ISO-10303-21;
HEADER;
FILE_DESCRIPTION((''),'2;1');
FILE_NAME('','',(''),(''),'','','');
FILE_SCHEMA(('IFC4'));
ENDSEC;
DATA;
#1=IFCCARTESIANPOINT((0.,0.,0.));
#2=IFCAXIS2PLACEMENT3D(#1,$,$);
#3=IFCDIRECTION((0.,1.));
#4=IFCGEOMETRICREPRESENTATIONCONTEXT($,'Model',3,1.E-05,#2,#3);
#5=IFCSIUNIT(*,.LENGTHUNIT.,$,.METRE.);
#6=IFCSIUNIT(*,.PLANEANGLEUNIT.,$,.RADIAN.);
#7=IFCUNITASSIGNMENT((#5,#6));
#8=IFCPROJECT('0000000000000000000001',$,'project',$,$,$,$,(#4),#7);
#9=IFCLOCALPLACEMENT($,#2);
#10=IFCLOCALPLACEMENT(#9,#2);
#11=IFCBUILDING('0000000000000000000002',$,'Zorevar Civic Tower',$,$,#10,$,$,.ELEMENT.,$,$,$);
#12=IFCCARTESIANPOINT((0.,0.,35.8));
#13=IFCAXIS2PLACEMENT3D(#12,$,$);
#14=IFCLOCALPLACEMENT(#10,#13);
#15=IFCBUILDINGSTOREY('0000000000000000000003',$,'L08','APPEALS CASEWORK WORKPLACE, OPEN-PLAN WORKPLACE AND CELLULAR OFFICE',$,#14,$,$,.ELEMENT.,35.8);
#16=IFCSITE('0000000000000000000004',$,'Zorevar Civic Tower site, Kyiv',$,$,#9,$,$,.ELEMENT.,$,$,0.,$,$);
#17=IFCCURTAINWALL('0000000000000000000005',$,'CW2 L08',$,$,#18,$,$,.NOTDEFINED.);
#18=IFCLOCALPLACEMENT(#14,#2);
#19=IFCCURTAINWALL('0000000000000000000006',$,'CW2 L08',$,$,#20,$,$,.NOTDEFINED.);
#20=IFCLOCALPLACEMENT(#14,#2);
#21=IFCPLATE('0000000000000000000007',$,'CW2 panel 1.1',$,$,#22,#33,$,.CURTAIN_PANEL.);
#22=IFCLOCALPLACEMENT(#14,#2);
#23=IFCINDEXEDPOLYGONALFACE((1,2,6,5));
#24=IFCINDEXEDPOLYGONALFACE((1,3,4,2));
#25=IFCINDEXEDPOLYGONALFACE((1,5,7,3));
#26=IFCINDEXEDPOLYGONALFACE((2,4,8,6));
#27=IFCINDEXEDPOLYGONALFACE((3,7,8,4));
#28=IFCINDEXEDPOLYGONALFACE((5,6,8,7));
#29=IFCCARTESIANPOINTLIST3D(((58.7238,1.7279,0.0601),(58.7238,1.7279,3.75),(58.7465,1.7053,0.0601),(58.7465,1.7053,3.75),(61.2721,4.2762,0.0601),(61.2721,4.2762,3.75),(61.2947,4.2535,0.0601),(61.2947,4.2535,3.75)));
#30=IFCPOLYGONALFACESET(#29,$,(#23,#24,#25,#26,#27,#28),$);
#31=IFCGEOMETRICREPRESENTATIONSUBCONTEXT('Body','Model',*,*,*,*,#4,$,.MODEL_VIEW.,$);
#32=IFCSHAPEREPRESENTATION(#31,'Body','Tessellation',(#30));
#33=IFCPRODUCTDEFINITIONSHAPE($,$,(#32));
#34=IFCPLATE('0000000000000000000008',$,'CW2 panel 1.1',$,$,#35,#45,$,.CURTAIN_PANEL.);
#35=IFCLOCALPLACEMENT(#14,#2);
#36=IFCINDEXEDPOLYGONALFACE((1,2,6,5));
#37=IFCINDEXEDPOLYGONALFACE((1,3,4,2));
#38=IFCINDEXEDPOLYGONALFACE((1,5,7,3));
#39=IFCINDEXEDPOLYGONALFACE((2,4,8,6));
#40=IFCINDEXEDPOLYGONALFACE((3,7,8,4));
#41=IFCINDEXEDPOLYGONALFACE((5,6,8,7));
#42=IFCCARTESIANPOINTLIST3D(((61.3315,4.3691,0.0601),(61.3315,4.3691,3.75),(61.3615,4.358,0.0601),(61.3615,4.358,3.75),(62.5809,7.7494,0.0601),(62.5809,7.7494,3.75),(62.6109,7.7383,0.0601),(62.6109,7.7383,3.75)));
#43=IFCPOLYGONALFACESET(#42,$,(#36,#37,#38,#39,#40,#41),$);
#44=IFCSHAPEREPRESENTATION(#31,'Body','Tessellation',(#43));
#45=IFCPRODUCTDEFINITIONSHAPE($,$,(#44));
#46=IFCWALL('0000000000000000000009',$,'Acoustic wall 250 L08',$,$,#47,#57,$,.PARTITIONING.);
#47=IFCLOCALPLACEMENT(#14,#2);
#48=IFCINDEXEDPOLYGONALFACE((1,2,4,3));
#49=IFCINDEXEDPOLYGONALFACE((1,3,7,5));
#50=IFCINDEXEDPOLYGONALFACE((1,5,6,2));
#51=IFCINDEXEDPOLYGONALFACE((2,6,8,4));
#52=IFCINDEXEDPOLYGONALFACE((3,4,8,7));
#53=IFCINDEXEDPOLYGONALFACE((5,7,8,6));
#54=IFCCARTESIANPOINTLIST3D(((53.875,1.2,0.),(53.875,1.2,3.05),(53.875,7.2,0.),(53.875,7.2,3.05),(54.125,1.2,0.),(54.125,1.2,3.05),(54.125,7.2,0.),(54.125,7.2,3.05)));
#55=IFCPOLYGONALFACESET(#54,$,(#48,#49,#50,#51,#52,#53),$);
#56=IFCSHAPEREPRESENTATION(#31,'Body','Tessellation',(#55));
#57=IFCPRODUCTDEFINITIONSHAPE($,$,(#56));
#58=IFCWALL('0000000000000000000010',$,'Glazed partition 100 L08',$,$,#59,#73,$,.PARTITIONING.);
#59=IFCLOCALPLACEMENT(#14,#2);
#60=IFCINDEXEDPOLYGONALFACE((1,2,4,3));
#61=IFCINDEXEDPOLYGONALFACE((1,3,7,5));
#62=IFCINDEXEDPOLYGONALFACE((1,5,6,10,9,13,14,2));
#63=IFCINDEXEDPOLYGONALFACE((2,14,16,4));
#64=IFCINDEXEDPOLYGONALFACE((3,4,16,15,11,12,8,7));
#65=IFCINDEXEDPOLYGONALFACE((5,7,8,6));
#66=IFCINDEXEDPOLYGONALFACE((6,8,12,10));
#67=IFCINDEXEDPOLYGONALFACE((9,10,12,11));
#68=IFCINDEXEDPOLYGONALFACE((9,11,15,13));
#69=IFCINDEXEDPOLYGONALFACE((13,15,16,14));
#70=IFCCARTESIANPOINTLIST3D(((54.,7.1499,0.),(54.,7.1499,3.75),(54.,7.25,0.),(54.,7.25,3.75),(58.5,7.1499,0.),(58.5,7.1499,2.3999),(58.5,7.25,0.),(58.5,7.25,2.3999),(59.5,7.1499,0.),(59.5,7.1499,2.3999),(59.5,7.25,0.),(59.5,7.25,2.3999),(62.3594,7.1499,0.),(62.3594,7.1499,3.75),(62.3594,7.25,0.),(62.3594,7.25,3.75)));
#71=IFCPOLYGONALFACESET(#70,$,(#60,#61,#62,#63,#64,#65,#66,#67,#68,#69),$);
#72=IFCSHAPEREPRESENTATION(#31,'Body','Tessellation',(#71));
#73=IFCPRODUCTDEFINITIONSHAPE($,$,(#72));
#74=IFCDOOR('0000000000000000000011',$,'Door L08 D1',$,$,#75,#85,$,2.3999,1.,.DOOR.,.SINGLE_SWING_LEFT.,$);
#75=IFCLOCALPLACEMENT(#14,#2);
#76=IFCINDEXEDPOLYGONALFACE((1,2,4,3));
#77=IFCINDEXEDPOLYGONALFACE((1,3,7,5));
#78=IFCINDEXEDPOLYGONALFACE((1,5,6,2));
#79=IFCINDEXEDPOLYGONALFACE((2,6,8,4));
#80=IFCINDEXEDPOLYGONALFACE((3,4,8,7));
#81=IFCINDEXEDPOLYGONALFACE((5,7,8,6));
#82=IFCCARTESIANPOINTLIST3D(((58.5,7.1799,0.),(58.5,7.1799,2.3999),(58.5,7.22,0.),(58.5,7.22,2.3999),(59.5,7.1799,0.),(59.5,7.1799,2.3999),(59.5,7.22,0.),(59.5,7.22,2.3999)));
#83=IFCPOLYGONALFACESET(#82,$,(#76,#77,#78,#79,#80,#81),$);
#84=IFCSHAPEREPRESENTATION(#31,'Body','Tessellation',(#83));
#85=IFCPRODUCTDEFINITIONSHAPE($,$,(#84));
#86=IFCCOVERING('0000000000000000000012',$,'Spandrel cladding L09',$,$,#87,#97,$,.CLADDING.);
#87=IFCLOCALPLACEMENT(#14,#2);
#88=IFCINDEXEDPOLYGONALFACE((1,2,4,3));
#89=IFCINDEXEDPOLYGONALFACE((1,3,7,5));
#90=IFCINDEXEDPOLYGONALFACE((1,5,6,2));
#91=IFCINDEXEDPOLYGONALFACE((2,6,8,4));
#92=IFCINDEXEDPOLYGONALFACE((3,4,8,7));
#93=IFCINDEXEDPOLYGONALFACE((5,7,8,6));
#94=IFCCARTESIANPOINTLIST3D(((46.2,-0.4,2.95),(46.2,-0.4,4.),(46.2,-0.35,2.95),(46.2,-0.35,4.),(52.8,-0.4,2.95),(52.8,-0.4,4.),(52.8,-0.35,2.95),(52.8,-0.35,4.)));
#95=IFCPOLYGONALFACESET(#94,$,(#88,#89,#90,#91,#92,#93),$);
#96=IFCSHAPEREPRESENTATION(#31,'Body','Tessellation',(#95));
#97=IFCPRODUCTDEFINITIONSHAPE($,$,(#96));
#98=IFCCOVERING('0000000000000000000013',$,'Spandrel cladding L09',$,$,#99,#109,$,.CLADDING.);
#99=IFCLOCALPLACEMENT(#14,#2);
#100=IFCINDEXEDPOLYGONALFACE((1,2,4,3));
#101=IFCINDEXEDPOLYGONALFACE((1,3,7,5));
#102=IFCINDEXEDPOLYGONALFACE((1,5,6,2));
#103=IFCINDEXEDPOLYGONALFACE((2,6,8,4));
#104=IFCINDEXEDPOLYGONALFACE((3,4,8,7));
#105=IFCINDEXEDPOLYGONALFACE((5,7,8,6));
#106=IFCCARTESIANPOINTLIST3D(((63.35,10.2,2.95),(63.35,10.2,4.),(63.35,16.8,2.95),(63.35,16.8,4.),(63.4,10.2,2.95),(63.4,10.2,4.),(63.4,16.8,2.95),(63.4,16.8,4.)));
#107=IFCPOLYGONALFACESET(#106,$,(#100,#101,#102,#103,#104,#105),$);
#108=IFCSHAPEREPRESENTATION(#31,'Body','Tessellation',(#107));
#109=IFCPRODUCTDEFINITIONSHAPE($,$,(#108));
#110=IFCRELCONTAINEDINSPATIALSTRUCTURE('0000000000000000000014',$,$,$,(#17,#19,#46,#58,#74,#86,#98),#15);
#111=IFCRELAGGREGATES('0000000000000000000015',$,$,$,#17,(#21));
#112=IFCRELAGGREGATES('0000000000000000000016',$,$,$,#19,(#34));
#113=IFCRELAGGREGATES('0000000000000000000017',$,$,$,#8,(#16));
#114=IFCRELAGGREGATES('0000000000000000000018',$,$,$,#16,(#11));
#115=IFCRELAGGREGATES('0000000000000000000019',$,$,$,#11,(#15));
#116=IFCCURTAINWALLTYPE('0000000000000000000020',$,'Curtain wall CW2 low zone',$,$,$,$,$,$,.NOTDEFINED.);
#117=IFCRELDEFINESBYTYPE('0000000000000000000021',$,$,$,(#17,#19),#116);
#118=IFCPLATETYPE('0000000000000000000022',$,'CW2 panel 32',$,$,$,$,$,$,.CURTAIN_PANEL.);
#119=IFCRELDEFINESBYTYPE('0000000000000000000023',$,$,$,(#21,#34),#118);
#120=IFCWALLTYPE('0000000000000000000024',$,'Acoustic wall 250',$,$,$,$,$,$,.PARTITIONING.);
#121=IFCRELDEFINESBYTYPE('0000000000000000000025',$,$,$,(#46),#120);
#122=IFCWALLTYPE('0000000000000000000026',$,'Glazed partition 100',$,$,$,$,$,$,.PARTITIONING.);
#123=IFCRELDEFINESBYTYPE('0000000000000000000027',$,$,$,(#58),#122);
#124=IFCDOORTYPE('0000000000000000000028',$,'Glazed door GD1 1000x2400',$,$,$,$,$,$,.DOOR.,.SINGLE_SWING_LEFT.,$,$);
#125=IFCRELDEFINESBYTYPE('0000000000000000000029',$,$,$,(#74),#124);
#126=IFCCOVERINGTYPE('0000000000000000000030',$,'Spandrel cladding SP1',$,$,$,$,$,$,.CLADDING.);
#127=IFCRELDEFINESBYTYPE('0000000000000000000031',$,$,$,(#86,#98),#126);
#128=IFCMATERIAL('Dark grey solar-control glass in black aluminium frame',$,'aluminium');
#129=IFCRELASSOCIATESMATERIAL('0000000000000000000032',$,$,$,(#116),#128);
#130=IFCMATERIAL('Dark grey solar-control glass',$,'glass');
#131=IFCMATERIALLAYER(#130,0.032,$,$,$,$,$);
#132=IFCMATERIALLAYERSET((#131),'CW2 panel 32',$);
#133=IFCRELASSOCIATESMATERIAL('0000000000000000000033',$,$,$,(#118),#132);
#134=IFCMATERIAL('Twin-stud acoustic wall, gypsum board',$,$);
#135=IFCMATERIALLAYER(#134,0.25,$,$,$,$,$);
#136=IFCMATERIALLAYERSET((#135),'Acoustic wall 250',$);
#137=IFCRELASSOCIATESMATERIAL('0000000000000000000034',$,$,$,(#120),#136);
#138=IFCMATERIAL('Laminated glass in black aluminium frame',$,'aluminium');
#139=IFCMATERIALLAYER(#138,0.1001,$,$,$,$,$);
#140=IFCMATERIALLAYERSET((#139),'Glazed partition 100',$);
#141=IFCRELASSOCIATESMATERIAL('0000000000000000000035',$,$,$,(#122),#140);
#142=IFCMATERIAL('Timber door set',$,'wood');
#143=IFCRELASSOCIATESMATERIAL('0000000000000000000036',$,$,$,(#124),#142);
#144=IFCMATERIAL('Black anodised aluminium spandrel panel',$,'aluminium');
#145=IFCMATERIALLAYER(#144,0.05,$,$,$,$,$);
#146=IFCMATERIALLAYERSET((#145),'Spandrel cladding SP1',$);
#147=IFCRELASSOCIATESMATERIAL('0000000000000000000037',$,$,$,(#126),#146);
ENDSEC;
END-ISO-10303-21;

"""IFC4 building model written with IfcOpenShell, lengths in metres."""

from ifc_helpers import new_model, si_unit, direction, frame, frame_2d, origin, origin_2d, place, context, subcontext, project, spatial, rectangle, extrude, material, layer, layer_set, type_object, element, fill, aggregate, save


model = new_model("IFC4")

# Units and contexts
model_context = context("Model", 3, precision=1e-05, world=origin(), true_north=direction((0.0, 1.0)))
body_context = subcontext(model_context, "Body", "Model", "MODEL_VIEW")
ifc_project = project(units=[si_unit("LENGTHUNIT", "METRE"), si_unit("PLANEANGLEUNIT", "RADIAN")], contexts=[model_context])

# Site, building, storey
site_placement = place(None, origin())
site = spatial("IfcSite", under=ifc_project, at=site_placement, Name="Zorevar Civic Tower site, Kyiv", CompositionType="ELEMENT", RefElevation=0.0)
building_placement = place(site_placement, origin())
building = spatial("IfcBuilding", under=site, at=building_placement, Name="Zorevar Civic Tower", CompositionType="ELEMENT")
storey_placement = place(building_placement, frame((0.0, 0.0, 35.8)))
storey = spatial("IfcBuildingStorey", under=building, at=storey_placement, Name="L08", Description="APPEALS CASEWORK WORKPLACE, OPEN-PLAN WORKPLACE AND CELLULAR OFFICE", CompositionType="ELEMENT", Elevation=35.8)

# Curtain walls
ifc_material_1 = material(Name="Dark grey solar-control glass in black aluminium frame", Category="aluminium")
curtain_wall_type = type_object("IfcCurtainWallType", Name="Curtain wall CW2 low zone", PredefinedType="NOTDEFINED", material=ifc_material_1)
curtain_wall_1_placement = place(storey_placement, origin())
curtain_wall_1 = element("IfcCurtainWall", 1, at=curtain_wall_1_placement, inside=storey, type_object=curtain_wall_type, Name="CW2 L08", PredefinedType="NOTDEFINED")
curtain_wall_2_placement = place(storey_placement, origin())
curtain_wall_2 = element("IfcCurtainWall", 2, at=curtain_wall_2_placement, inside=storey, type_object=curtain_wall_type, Name="CW2 L08", PredefinedType="NOTDEFINED")

# Plates
ifc_material_2 = material(Name="Dark grey solar-control glass", Category="glass")
ifc_layer_1 = layer(ifc_material_2, 0.032)
ifc_layer_set_1 = layer_set([ifc_layer_1], Name="CW2 panel 32")
plate_type = type_object("IfcPlateType", Name="CW2 panel 32", PredefinedType="CURTAIN_PANEL", material=ifc_layer_set_1)
plate_1_placement = place(storey_placement, frame((60.0093, 2.9907, 0.0601), z_axis=(0.0, 0.0, 1.0), x_axis=(0.707107, 0.707107, 0.0)))
plate_1 = element("IfcPlate", 3, at=plate_1_placement, type_object=plate_type, Name="CW2 panel 1.1", PredefinedType="CURTAIN_PANEL", context=body_context, shape_type="SweptSolid", body=[
    extrude(rectangle(XDim=3.6038, YDim=0.032, at=origin_2d()), origin(), (0.0, 0.0, 1.0), 3.6899),
])
aggregate(curtain_wall_1, [plate_1])
plate_2_placement = place(storey_placement, frame((61.9712, 6.0537, 0.0601), z_axis=(0.0, 0.0, 1.0), x_axis=(0.346704, 0.937975, 0.0)))
plate_2 = element("IfcPlate", 4, at=plate_2_placement, type_object=plate_type, Name="CW2 panel 1.1", PredefinedType="CURTAIN_PANEL", context=body_context, shape_type="SweptSolid", body=[
    extrude(rectangle(XDim=3.6038, YDim=0.032, at=origin_2d()), origin(), (0.0, 0.0, 1.0), 3.6899),
])
aggregate(curtain_wall_2, [plate_2])

# Wall
ifc_material_3 = material(Name="Twin-stud acoustic wall, gypsum board")
ifc_layer_2 = layer(ifc_material_3, 0.25)
ifc_layer_set_2 = layer_set([ifc_layer_2], Name="Acoustic wall 250")
wall_type_1 = type_object("IfcWallType", Name="Acoustic wall 250", PredefinedType="PARTITIONING", material=ifc_layer_set_2)
wall_1_placement = place(storey_placement, frame((54.0, 1.2, 0.0), z_axis=(0.0, 0.0, 1.0), x_axis=(0.0, 1.0, 0.0)))
element("IfcWall", 5, at=wall_1_placement, inside=storey, type_object=wall_type_1, Name="Acoustic wall 250 L08", PredefinedType="PARTITIONING", context=body_context, shape_type="SweptSolid", body=[
    extrude(rectangle(XDim=6.0, YDim=0.25, at=frame_2d((3.0, 0.0))), origin(), (0.0, 0.0, 1.0), 3.05),
])

# Wall, opening, door
ifc_material_4 = material(Name="Laminated glass in black aluminium frame", Category="aluminium")
ifc_layer_3 = layer(ifc_material_4, 0.1001)
ifc_layer_set_3 = layer_set([ifc_layer_3], Name="Glazed partition 100")
wall_type_2 = type_object("IfcWallType", Name="Glazed partition 100", PredefinedType="PARTITIONING", material=ifc_layer_set_3)
wall_2_placement = place(storey_placement, frame((54.0, 7.2, 0.0), z_axis=(0.0, 0.0, 1.0), x_axis=(1.0, 0.0, 0.0)))
wall_2 = element("IfcWall", 6, at=wall_2_placement, inside=storey, type_object=wall_type_2, Name="Glazed partition 100 L08", PredefinedType="PARTITIONING", context=body_context, shape_type="SweptSolid", body=[
    extrude(rectangle(XDim=8.3594, YDim=0.1001, at=frame_2d((4.1797, 0.0))), origin(), (0.0, 0.0, 1.0), 3.75),
])
opening_placement = place(wall_2_placement, frame((4.5, 0.0, 0.0)))
opening = element("IfcOpeningElement", 7, at=opening_placement, cuts=wall_2, PredefinedType="OPENING", context=body_context, shape_type="SweptSolid", body=[
    extrude(rectangle(XDim=1.0, YDim=2.3999, at=frame_2d((0.5, 1.2))), frame((0.0, 0.0601, 0.0), z_axis=(0.0, -1.0, 0.0), x_axis=(1.0, 0.0, 0.0)), (0.0, 0.0, 1.0), 0.1201),
])
ifc_material_5 = material(Name="Timber door set", Category="wood")
door_type = type_object("IfcDoorType", Name="Glazed door GD1 1000x2400", OperationType="SINGLE_SWING_LEFT", PredefinedType="DOOR", material=ifc_material_5)
door_placement = place(opening_placement, origin())
door = element("IfcDoor", 8, at=door_placement, inside=storey, type_object=door_type, Name="Door L08 D1", OperationType="SINGLE_SWING_LEFT", OverallHeight=2.3999, OverallWidth=1.0, PredefinedType="DOOR", context=body_context, shape_type="SweptSolid", body=[
    extrude(rectangle(XDim=1.0, YDim=2.3999, at=frame_2d((0.5, 1.2))), frame((0.0, 0.02, 0.0), z_axis=(0.0, -1.0, 0.0), x_axis=(1.0, 0.0, 0.0)), (0.0, 0.0, 1.0), 0.04),
])
fill(opening, door)

# Coverings
ifc_material_6 = material(Name="Black anodised aluminium spandrel panel", Category="aluminium")
ifc_layer_4 = layer(ifc_material_6, 0.05)
ifc_layer_set_4 = layer_set([ifc_layer_4], Name="Spandrel cladding SP1")
covering_type = type_object("IfcCoveringType", Name="Spandrel cladding SP1", PredefinedType="CLADDING", material=ifc_layer_set_4)
for number, where, z_axis, x_axis, name in (
    (9, (46.2, -0.375, 2.95), (0.0, 0.0, 1.0), (1.0, 0.0, 0.0), "Spandrel cladding L09"),
    (10, (63.375, 10.2, 2.95), (0.0, 0.0, 1.0), (0.0, 1.0, 0.0), "Spandrel cladding L09"),
):
    element("IfcCovering", number, at=place(storey_placement, frame(where, z_axis=z_axis, x_axis=x_axis)), inside=storey, type_object=covering_type, Name=name, PredefinedType="CLADDING", context=body_context, shape_type="SweptSolid", body=[
        extrude(rectangle(XDim=6.6001, YDim=0.05, at=frame_2d((3.3, 0.0))), origin(), (0.0, 0.0, 1.0), 1.05),
    ])

save(model, "model.ifc")
